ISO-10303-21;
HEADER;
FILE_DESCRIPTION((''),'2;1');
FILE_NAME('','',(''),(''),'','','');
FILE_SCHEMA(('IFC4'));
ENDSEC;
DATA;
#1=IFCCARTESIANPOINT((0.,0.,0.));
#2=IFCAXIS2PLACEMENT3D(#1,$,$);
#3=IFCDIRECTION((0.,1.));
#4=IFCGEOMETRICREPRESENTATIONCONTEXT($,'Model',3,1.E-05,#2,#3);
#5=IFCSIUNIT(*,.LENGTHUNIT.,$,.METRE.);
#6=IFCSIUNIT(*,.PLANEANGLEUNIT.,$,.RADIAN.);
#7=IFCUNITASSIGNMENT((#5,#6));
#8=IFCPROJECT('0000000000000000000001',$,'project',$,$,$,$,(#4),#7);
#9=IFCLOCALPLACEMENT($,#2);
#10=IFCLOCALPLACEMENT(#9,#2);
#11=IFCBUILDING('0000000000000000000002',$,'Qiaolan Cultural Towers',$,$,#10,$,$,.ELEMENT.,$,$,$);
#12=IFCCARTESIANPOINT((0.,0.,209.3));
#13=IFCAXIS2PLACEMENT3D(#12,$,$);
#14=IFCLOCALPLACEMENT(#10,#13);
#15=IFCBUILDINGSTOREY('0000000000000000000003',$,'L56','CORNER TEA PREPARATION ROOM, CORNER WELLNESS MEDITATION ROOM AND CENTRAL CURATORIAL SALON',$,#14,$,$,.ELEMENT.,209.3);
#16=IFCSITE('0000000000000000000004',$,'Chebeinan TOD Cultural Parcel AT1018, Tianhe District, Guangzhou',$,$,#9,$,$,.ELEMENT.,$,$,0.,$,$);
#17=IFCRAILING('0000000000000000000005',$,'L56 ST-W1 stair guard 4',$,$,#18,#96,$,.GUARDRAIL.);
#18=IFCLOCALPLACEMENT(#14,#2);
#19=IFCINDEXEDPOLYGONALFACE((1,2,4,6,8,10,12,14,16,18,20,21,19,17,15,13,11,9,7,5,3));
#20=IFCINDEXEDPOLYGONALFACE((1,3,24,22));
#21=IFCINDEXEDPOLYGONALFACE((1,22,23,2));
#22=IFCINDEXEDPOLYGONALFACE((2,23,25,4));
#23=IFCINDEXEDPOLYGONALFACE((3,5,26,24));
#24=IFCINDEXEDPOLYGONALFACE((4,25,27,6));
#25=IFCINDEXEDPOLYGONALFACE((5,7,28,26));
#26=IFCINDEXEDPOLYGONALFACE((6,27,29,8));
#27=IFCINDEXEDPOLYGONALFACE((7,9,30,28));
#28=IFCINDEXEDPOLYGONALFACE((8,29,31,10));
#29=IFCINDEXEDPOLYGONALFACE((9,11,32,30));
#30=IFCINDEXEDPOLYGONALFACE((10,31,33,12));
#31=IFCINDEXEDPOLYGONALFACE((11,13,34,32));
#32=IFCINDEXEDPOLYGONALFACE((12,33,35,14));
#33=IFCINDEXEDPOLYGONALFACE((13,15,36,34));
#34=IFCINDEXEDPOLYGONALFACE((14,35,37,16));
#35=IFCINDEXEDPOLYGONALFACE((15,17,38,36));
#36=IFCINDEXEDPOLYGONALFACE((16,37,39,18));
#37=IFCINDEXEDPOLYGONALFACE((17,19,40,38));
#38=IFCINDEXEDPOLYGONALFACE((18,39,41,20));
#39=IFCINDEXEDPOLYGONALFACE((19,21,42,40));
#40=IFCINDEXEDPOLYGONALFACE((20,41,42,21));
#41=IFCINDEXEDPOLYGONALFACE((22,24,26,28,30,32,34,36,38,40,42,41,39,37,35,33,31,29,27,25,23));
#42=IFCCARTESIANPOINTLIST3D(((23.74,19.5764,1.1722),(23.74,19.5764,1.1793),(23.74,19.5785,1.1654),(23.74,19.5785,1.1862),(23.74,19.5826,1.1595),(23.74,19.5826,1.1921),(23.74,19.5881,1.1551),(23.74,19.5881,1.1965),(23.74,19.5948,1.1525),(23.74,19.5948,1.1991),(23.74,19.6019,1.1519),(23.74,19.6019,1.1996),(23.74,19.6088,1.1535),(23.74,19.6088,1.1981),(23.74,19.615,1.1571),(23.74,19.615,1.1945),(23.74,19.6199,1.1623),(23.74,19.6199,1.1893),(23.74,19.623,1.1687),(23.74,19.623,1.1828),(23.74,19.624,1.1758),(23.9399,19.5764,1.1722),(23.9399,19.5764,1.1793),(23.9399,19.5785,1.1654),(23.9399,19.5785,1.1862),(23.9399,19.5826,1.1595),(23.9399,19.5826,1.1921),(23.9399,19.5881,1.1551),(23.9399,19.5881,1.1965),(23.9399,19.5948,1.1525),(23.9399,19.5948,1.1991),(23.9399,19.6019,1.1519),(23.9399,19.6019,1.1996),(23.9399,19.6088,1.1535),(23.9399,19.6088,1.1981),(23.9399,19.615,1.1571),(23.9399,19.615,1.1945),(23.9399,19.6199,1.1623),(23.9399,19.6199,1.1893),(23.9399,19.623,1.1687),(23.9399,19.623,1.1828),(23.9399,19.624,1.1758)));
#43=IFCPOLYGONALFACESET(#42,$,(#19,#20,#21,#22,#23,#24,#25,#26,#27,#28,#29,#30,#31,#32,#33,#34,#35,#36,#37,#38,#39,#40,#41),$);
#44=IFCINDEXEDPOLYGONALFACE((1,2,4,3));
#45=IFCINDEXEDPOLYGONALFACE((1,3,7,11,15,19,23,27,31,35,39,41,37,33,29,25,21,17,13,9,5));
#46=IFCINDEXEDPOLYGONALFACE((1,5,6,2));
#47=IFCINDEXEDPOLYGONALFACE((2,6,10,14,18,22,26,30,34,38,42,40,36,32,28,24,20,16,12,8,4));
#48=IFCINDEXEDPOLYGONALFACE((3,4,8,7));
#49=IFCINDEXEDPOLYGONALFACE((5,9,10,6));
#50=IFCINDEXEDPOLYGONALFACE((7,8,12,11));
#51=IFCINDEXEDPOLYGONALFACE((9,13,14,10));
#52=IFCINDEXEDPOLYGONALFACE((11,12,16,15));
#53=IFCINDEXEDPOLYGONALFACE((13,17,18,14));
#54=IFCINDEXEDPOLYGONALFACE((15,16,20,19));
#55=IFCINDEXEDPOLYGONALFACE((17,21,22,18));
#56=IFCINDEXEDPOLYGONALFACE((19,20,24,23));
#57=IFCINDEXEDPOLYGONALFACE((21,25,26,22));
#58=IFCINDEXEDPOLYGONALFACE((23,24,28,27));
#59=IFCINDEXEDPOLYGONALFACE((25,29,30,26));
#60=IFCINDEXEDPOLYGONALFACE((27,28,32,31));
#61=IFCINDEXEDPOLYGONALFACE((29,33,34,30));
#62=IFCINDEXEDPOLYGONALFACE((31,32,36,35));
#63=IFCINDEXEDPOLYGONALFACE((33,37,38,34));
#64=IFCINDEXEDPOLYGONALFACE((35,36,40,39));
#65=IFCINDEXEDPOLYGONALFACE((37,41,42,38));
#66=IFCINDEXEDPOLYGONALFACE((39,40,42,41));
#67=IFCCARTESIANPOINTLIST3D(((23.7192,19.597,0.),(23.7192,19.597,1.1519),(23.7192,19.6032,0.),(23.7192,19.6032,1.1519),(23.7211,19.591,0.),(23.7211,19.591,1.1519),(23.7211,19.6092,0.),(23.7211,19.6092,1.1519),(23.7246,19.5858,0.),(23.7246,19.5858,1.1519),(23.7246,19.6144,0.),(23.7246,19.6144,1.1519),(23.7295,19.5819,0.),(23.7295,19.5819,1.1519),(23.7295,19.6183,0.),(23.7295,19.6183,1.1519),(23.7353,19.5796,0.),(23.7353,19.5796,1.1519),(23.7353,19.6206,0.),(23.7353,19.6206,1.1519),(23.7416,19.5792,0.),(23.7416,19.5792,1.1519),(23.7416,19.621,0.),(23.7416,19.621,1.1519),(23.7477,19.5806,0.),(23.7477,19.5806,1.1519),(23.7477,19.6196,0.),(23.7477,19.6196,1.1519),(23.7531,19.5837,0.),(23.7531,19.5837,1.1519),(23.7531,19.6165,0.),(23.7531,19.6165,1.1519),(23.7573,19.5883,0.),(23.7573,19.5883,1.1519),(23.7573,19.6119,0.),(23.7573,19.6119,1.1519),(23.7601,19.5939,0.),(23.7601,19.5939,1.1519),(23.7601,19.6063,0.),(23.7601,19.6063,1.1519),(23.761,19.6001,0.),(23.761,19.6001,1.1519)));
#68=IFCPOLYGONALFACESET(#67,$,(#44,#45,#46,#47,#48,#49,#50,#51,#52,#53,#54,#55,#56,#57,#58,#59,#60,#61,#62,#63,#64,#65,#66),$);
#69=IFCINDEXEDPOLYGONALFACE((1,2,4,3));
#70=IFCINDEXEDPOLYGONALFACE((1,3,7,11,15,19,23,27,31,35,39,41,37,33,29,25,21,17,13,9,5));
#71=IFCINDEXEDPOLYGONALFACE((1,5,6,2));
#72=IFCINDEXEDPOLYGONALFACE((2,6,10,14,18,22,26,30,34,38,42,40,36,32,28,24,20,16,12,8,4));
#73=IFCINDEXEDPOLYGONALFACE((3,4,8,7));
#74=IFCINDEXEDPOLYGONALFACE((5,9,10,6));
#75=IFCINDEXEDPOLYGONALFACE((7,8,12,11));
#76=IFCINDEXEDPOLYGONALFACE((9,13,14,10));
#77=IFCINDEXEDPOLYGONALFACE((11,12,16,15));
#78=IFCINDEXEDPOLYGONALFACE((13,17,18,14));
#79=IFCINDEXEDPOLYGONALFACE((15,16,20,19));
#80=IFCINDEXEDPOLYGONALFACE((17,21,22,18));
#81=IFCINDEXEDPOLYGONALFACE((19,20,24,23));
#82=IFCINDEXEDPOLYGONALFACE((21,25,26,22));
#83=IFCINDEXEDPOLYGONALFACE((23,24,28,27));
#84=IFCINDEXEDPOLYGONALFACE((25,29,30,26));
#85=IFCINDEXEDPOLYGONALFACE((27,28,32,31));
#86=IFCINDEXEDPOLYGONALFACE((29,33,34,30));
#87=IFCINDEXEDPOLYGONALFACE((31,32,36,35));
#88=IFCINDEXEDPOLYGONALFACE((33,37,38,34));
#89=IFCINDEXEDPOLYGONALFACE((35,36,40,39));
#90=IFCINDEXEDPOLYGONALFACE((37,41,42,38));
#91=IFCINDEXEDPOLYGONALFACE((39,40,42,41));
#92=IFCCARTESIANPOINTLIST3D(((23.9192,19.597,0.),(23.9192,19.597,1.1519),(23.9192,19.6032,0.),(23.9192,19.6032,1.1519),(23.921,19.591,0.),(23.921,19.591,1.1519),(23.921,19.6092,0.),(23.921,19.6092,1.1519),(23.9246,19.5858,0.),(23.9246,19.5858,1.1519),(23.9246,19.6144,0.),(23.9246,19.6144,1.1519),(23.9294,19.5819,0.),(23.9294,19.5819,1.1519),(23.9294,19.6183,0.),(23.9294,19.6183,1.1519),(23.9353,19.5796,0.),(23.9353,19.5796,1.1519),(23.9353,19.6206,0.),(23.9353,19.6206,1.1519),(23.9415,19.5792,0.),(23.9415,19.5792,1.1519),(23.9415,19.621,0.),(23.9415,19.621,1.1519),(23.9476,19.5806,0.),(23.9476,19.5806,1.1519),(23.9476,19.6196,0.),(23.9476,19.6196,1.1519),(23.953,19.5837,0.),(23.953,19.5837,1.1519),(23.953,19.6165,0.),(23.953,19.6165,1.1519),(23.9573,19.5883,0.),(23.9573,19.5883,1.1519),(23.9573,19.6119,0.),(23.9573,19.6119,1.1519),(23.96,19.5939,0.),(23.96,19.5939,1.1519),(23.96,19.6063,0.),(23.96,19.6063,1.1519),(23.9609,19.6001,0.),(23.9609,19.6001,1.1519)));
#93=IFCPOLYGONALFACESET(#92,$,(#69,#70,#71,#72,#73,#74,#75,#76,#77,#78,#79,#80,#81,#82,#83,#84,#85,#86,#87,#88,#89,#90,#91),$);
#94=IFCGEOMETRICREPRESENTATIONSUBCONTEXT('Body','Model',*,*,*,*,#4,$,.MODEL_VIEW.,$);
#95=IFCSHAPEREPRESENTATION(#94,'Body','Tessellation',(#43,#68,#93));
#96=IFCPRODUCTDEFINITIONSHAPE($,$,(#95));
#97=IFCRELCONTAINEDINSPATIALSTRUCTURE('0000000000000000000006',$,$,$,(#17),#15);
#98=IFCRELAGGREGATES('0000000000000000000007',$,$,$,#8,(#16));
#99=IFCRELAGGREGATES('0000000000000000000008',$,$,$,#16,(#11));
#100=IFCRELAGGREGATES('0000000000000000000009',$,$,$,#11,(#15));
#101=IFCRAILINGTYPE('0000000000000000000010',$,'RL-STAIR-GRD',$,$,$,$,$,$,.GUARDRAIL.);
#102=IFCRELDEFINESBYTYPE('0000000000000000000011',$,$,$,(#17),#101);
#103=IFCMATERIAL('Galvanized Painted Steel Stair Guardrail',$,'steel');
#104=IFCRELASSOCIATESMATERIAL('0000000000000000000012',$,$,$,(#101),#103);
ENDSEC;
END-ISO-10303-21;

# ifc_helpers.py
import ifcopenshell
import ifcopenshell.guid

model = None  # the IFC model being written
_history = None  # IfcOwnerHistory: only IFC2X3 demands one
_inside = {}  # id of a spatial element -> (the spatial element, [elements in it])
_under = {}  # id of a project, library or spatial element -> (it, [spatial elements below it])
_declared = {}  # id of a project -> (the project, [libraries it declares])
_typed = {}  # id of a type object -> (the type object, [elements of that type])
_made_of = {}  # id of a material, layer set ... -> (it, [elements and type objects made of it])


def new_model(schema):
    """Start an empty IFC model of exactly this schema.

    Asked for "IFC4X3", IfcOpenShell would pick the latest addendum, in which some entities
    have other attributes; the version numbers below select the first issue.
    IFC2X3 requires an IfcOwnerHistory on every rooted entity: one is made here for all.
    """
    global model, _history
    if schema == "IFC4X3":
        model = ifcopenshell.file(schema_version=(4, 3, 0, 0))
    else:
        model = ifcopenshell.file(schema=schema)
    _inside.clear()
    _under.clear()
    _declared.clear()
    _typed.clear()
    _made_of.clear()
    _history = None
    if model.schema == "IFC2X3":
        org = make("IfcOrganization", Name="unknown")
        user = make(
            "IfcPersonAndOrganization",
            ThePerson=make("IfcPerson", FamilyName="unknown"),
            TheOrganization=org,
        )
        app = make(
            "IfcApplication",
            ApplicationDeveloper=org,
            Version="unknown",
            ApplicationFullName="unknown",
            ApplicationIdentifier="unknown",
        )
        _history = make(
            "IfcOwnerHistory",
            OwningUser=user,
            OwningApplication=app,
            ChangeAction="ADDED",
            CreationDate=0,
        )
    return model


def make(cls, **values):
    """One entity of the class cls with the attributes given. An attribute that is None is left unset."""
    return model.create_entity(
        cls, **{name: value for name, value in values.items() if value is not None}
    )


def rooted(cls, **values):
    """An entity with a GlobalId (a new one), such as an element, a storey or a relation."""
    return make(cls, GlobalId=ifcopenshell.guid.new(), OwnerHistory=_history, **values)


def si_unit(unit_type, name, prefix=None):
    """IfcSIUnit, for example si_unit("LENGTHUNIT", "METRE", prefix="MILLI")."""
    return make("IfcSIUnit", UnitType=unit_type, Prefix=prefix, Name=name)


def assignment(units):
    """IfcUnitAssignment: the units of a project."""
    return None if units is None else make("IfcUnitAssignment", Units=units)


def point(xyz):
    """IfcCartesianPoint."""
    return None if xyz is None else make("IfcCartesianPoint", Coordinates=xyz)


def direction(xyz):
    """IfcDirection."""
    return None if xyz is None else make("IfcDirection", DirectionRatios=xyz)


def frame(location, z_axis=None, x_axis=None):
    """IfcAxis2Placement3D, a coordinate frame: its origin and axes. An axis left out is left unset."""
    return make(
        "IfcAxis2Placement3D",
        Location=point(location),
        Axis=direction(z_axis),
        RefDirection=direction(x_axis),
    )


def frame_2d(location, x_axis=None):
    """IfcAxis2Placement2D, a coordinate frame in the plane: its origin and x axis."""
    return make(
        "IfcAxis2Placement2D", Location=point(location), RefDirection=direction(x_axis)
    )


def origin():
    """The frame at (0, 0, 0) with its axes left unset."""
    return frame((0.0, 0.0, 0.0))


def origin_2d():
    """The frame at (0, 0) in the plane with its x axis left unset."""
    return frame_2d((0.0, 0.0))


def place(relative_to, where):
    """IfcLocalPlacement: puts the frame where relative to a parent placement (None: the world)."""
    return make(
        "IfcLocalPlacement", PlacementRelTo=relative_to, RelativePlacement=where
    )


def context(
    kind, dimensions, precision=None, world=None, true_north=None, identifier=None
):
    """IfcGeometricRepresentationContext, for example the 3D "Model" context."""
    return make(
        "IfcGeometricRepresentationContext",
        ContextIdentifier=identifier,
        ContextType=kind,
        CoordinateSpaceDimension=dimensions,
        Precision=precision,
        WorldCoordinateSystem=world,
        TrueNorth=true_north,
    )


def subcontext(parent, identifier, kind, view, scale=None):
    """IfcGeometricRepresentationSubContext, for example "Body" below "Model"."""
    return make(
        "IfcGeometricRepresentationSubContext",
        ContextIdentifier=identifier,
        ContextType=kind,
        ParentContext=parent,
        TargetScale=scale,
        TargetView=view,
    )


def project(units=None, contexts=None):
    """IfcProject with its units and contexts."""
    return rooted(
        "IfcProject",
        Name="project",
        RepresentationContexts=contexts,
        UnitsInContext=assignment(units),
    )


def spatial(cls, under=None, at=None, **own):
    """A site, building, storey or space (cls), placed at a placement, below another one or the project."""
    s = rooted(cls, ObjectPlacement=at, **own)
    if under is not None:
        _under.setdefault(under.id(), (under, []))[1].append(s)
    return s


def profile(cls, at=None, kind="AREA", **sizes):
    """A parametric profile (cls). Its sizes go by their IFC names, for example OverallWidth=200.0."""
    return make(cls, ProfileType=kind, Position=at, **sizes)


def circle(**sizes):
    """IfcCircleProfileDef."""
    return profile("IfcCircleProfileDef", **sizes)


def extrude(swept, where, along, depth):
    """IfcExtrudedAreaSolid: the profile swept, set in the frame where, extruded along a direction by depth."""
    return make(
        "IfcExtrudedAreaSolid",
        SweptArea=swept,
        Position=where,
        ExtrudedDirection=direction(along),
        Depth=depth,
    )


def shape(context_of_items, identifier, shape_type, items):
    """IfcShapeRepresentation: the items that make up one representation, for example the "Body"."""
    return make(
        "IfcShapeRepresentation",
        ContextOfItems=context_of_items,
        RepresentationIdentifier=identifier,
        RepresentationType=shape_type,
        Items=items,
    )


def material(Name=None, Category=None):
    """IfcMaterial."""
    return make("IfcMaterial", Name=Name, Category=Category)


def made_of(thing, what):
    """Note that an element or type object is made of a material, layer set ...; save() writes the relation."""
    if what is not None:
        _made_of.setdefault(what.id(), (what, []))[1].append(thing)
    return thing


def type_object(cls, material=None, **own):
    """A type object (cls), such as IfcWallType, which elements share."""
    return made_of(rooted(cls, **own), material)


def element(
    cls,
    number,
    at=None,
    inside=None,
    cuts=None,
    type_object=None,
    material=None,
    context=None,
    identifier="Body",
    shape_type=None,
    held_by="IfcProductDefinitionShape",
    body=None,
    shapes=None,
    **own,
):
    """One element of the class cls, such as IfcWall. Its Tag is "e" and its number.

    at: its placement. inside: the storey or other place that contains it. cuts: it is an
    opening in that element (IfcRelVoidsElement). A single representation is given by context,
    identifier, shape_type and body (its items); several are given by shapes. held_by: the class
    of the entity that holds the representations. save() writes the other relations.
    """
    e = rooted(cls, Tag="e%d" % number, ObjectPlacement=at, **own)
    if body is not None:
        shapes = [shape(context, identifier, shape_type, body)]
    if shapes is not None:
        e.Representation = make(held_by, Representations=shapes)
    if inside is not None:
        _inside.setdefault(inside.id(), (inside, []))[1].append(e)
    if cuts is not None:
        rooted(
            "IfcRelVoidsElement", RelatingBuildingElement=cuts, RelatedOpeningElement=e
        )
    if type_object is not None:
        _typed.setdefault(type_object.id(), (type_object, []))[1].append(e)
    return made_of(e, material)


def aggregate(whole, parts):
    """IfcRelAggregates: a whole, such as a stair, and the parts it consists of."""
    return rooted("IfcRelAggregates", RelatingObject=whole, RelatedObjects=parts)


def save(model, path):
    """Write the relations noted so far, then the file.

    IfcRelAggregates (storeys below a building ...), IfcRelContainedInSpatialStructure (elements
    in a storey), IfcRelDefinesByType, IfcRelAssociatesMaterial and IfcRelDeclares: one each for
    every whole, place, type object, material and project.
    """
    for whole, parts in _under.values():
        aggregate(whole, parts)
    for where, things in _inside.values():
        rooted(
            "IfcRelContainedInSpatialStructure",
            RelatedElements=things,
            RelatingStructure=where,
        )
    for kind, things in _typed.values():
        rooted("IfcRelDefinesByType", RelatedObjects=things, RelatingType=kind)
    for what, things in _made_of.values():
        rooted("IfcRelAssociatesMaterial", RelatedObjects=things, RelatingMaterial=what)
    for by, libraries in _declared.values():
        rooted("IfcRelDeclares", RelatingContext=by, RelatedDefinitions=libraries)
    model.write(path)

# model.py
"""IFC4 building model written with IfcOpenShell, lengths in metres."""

from ifc_helpers import new_model, si_unit, direction, frame, origin, origin_2d, place, context, subcontext, project, spatial, circle, extrude, material, type_object, element, save


model = new_model("IFC4")

# Units and contexts
model_context = context("Model", 3, precision=1e-05, world=origin(), true_north=direction((0.0, 1.0)))
body_context = subcontext(model_context, "Body", "Model", "MODEL_VIEW")
ifc_project = project(units=[si_unit("LENGTHUNIT", "METRE"), si_unit("PLANEANGLEUNIT", "RADIAN")], contexts=[model_context])

# Site, building, storey
site_placement = place(None, origin())
site = spatial("IfcSite", under=ifc_project, at=site_placement, Name="Chebeinan TOD Cultural Parcel AT1018, Tianhe District, Guangzhou", CompositionType="ELEMENT", RefElevation=0.0)
building_placement = place(site_placement, origin())
building = spatial("IfcBuilding", under=site, at=building_placement, Name="Qiaolan Cultural Towers", CompositionType="ELEMENT")
storey_placement = place(building_placement, frame((0.0, 0.0, 209.3)))
storey = spatial("IfcBuildingStorey", under=building, at=storey_placement, Name="L56", Description="CORNER TEA PREPARATION ROOM, CORNER WELLNESS MEDITATION ROOM AND CENTRAL CURATORIAL SALON", CompositionType="ELEMENT", Elevation=209.3)

# Railing
ifc_material_1 = material(Name="Galvanized Painted Steel Stair Guardrail", Category="steel")
railing_type_1 = type_object("IfcRailingType", Name="RL-STAIR-GRD", PredefinedType="GUARDRAIL", material=ifc_material_1)
railing_1_placement = place(storey_placement, frame((23.74, 19.6001, 0.0)))
element("IfcRailing", 1, at=railing_1_placement, inside=storey, type_object=railing_type_1, Name="L56 ST-W1 stair guard 4", PredefinedType="GUARDRAIL", context=body_context, shape_type="SweptSolid", body=[
    extrude(circle(Radius=0.0239, at=origin_2d()), frame((0.0, 0.0, 1.1758), z_axis=(1.0, 0.0, 0.0), x_axis=(0.0, 1.0, 0.0)), (0.0, 0.0, 1.0), 0.2),
    extrude(circle(Radius=0.021, at=origin_2d()), origin(), (0.0, 0.0, 1.0), 1.1519),
    extrude(circle(Radius=0.021, at=origin_2d()), frame((0.2, 0.0, 0.0)), (0.0, 0.0, 1.0), 1.1519),
])

save(model, "model.ifc")
